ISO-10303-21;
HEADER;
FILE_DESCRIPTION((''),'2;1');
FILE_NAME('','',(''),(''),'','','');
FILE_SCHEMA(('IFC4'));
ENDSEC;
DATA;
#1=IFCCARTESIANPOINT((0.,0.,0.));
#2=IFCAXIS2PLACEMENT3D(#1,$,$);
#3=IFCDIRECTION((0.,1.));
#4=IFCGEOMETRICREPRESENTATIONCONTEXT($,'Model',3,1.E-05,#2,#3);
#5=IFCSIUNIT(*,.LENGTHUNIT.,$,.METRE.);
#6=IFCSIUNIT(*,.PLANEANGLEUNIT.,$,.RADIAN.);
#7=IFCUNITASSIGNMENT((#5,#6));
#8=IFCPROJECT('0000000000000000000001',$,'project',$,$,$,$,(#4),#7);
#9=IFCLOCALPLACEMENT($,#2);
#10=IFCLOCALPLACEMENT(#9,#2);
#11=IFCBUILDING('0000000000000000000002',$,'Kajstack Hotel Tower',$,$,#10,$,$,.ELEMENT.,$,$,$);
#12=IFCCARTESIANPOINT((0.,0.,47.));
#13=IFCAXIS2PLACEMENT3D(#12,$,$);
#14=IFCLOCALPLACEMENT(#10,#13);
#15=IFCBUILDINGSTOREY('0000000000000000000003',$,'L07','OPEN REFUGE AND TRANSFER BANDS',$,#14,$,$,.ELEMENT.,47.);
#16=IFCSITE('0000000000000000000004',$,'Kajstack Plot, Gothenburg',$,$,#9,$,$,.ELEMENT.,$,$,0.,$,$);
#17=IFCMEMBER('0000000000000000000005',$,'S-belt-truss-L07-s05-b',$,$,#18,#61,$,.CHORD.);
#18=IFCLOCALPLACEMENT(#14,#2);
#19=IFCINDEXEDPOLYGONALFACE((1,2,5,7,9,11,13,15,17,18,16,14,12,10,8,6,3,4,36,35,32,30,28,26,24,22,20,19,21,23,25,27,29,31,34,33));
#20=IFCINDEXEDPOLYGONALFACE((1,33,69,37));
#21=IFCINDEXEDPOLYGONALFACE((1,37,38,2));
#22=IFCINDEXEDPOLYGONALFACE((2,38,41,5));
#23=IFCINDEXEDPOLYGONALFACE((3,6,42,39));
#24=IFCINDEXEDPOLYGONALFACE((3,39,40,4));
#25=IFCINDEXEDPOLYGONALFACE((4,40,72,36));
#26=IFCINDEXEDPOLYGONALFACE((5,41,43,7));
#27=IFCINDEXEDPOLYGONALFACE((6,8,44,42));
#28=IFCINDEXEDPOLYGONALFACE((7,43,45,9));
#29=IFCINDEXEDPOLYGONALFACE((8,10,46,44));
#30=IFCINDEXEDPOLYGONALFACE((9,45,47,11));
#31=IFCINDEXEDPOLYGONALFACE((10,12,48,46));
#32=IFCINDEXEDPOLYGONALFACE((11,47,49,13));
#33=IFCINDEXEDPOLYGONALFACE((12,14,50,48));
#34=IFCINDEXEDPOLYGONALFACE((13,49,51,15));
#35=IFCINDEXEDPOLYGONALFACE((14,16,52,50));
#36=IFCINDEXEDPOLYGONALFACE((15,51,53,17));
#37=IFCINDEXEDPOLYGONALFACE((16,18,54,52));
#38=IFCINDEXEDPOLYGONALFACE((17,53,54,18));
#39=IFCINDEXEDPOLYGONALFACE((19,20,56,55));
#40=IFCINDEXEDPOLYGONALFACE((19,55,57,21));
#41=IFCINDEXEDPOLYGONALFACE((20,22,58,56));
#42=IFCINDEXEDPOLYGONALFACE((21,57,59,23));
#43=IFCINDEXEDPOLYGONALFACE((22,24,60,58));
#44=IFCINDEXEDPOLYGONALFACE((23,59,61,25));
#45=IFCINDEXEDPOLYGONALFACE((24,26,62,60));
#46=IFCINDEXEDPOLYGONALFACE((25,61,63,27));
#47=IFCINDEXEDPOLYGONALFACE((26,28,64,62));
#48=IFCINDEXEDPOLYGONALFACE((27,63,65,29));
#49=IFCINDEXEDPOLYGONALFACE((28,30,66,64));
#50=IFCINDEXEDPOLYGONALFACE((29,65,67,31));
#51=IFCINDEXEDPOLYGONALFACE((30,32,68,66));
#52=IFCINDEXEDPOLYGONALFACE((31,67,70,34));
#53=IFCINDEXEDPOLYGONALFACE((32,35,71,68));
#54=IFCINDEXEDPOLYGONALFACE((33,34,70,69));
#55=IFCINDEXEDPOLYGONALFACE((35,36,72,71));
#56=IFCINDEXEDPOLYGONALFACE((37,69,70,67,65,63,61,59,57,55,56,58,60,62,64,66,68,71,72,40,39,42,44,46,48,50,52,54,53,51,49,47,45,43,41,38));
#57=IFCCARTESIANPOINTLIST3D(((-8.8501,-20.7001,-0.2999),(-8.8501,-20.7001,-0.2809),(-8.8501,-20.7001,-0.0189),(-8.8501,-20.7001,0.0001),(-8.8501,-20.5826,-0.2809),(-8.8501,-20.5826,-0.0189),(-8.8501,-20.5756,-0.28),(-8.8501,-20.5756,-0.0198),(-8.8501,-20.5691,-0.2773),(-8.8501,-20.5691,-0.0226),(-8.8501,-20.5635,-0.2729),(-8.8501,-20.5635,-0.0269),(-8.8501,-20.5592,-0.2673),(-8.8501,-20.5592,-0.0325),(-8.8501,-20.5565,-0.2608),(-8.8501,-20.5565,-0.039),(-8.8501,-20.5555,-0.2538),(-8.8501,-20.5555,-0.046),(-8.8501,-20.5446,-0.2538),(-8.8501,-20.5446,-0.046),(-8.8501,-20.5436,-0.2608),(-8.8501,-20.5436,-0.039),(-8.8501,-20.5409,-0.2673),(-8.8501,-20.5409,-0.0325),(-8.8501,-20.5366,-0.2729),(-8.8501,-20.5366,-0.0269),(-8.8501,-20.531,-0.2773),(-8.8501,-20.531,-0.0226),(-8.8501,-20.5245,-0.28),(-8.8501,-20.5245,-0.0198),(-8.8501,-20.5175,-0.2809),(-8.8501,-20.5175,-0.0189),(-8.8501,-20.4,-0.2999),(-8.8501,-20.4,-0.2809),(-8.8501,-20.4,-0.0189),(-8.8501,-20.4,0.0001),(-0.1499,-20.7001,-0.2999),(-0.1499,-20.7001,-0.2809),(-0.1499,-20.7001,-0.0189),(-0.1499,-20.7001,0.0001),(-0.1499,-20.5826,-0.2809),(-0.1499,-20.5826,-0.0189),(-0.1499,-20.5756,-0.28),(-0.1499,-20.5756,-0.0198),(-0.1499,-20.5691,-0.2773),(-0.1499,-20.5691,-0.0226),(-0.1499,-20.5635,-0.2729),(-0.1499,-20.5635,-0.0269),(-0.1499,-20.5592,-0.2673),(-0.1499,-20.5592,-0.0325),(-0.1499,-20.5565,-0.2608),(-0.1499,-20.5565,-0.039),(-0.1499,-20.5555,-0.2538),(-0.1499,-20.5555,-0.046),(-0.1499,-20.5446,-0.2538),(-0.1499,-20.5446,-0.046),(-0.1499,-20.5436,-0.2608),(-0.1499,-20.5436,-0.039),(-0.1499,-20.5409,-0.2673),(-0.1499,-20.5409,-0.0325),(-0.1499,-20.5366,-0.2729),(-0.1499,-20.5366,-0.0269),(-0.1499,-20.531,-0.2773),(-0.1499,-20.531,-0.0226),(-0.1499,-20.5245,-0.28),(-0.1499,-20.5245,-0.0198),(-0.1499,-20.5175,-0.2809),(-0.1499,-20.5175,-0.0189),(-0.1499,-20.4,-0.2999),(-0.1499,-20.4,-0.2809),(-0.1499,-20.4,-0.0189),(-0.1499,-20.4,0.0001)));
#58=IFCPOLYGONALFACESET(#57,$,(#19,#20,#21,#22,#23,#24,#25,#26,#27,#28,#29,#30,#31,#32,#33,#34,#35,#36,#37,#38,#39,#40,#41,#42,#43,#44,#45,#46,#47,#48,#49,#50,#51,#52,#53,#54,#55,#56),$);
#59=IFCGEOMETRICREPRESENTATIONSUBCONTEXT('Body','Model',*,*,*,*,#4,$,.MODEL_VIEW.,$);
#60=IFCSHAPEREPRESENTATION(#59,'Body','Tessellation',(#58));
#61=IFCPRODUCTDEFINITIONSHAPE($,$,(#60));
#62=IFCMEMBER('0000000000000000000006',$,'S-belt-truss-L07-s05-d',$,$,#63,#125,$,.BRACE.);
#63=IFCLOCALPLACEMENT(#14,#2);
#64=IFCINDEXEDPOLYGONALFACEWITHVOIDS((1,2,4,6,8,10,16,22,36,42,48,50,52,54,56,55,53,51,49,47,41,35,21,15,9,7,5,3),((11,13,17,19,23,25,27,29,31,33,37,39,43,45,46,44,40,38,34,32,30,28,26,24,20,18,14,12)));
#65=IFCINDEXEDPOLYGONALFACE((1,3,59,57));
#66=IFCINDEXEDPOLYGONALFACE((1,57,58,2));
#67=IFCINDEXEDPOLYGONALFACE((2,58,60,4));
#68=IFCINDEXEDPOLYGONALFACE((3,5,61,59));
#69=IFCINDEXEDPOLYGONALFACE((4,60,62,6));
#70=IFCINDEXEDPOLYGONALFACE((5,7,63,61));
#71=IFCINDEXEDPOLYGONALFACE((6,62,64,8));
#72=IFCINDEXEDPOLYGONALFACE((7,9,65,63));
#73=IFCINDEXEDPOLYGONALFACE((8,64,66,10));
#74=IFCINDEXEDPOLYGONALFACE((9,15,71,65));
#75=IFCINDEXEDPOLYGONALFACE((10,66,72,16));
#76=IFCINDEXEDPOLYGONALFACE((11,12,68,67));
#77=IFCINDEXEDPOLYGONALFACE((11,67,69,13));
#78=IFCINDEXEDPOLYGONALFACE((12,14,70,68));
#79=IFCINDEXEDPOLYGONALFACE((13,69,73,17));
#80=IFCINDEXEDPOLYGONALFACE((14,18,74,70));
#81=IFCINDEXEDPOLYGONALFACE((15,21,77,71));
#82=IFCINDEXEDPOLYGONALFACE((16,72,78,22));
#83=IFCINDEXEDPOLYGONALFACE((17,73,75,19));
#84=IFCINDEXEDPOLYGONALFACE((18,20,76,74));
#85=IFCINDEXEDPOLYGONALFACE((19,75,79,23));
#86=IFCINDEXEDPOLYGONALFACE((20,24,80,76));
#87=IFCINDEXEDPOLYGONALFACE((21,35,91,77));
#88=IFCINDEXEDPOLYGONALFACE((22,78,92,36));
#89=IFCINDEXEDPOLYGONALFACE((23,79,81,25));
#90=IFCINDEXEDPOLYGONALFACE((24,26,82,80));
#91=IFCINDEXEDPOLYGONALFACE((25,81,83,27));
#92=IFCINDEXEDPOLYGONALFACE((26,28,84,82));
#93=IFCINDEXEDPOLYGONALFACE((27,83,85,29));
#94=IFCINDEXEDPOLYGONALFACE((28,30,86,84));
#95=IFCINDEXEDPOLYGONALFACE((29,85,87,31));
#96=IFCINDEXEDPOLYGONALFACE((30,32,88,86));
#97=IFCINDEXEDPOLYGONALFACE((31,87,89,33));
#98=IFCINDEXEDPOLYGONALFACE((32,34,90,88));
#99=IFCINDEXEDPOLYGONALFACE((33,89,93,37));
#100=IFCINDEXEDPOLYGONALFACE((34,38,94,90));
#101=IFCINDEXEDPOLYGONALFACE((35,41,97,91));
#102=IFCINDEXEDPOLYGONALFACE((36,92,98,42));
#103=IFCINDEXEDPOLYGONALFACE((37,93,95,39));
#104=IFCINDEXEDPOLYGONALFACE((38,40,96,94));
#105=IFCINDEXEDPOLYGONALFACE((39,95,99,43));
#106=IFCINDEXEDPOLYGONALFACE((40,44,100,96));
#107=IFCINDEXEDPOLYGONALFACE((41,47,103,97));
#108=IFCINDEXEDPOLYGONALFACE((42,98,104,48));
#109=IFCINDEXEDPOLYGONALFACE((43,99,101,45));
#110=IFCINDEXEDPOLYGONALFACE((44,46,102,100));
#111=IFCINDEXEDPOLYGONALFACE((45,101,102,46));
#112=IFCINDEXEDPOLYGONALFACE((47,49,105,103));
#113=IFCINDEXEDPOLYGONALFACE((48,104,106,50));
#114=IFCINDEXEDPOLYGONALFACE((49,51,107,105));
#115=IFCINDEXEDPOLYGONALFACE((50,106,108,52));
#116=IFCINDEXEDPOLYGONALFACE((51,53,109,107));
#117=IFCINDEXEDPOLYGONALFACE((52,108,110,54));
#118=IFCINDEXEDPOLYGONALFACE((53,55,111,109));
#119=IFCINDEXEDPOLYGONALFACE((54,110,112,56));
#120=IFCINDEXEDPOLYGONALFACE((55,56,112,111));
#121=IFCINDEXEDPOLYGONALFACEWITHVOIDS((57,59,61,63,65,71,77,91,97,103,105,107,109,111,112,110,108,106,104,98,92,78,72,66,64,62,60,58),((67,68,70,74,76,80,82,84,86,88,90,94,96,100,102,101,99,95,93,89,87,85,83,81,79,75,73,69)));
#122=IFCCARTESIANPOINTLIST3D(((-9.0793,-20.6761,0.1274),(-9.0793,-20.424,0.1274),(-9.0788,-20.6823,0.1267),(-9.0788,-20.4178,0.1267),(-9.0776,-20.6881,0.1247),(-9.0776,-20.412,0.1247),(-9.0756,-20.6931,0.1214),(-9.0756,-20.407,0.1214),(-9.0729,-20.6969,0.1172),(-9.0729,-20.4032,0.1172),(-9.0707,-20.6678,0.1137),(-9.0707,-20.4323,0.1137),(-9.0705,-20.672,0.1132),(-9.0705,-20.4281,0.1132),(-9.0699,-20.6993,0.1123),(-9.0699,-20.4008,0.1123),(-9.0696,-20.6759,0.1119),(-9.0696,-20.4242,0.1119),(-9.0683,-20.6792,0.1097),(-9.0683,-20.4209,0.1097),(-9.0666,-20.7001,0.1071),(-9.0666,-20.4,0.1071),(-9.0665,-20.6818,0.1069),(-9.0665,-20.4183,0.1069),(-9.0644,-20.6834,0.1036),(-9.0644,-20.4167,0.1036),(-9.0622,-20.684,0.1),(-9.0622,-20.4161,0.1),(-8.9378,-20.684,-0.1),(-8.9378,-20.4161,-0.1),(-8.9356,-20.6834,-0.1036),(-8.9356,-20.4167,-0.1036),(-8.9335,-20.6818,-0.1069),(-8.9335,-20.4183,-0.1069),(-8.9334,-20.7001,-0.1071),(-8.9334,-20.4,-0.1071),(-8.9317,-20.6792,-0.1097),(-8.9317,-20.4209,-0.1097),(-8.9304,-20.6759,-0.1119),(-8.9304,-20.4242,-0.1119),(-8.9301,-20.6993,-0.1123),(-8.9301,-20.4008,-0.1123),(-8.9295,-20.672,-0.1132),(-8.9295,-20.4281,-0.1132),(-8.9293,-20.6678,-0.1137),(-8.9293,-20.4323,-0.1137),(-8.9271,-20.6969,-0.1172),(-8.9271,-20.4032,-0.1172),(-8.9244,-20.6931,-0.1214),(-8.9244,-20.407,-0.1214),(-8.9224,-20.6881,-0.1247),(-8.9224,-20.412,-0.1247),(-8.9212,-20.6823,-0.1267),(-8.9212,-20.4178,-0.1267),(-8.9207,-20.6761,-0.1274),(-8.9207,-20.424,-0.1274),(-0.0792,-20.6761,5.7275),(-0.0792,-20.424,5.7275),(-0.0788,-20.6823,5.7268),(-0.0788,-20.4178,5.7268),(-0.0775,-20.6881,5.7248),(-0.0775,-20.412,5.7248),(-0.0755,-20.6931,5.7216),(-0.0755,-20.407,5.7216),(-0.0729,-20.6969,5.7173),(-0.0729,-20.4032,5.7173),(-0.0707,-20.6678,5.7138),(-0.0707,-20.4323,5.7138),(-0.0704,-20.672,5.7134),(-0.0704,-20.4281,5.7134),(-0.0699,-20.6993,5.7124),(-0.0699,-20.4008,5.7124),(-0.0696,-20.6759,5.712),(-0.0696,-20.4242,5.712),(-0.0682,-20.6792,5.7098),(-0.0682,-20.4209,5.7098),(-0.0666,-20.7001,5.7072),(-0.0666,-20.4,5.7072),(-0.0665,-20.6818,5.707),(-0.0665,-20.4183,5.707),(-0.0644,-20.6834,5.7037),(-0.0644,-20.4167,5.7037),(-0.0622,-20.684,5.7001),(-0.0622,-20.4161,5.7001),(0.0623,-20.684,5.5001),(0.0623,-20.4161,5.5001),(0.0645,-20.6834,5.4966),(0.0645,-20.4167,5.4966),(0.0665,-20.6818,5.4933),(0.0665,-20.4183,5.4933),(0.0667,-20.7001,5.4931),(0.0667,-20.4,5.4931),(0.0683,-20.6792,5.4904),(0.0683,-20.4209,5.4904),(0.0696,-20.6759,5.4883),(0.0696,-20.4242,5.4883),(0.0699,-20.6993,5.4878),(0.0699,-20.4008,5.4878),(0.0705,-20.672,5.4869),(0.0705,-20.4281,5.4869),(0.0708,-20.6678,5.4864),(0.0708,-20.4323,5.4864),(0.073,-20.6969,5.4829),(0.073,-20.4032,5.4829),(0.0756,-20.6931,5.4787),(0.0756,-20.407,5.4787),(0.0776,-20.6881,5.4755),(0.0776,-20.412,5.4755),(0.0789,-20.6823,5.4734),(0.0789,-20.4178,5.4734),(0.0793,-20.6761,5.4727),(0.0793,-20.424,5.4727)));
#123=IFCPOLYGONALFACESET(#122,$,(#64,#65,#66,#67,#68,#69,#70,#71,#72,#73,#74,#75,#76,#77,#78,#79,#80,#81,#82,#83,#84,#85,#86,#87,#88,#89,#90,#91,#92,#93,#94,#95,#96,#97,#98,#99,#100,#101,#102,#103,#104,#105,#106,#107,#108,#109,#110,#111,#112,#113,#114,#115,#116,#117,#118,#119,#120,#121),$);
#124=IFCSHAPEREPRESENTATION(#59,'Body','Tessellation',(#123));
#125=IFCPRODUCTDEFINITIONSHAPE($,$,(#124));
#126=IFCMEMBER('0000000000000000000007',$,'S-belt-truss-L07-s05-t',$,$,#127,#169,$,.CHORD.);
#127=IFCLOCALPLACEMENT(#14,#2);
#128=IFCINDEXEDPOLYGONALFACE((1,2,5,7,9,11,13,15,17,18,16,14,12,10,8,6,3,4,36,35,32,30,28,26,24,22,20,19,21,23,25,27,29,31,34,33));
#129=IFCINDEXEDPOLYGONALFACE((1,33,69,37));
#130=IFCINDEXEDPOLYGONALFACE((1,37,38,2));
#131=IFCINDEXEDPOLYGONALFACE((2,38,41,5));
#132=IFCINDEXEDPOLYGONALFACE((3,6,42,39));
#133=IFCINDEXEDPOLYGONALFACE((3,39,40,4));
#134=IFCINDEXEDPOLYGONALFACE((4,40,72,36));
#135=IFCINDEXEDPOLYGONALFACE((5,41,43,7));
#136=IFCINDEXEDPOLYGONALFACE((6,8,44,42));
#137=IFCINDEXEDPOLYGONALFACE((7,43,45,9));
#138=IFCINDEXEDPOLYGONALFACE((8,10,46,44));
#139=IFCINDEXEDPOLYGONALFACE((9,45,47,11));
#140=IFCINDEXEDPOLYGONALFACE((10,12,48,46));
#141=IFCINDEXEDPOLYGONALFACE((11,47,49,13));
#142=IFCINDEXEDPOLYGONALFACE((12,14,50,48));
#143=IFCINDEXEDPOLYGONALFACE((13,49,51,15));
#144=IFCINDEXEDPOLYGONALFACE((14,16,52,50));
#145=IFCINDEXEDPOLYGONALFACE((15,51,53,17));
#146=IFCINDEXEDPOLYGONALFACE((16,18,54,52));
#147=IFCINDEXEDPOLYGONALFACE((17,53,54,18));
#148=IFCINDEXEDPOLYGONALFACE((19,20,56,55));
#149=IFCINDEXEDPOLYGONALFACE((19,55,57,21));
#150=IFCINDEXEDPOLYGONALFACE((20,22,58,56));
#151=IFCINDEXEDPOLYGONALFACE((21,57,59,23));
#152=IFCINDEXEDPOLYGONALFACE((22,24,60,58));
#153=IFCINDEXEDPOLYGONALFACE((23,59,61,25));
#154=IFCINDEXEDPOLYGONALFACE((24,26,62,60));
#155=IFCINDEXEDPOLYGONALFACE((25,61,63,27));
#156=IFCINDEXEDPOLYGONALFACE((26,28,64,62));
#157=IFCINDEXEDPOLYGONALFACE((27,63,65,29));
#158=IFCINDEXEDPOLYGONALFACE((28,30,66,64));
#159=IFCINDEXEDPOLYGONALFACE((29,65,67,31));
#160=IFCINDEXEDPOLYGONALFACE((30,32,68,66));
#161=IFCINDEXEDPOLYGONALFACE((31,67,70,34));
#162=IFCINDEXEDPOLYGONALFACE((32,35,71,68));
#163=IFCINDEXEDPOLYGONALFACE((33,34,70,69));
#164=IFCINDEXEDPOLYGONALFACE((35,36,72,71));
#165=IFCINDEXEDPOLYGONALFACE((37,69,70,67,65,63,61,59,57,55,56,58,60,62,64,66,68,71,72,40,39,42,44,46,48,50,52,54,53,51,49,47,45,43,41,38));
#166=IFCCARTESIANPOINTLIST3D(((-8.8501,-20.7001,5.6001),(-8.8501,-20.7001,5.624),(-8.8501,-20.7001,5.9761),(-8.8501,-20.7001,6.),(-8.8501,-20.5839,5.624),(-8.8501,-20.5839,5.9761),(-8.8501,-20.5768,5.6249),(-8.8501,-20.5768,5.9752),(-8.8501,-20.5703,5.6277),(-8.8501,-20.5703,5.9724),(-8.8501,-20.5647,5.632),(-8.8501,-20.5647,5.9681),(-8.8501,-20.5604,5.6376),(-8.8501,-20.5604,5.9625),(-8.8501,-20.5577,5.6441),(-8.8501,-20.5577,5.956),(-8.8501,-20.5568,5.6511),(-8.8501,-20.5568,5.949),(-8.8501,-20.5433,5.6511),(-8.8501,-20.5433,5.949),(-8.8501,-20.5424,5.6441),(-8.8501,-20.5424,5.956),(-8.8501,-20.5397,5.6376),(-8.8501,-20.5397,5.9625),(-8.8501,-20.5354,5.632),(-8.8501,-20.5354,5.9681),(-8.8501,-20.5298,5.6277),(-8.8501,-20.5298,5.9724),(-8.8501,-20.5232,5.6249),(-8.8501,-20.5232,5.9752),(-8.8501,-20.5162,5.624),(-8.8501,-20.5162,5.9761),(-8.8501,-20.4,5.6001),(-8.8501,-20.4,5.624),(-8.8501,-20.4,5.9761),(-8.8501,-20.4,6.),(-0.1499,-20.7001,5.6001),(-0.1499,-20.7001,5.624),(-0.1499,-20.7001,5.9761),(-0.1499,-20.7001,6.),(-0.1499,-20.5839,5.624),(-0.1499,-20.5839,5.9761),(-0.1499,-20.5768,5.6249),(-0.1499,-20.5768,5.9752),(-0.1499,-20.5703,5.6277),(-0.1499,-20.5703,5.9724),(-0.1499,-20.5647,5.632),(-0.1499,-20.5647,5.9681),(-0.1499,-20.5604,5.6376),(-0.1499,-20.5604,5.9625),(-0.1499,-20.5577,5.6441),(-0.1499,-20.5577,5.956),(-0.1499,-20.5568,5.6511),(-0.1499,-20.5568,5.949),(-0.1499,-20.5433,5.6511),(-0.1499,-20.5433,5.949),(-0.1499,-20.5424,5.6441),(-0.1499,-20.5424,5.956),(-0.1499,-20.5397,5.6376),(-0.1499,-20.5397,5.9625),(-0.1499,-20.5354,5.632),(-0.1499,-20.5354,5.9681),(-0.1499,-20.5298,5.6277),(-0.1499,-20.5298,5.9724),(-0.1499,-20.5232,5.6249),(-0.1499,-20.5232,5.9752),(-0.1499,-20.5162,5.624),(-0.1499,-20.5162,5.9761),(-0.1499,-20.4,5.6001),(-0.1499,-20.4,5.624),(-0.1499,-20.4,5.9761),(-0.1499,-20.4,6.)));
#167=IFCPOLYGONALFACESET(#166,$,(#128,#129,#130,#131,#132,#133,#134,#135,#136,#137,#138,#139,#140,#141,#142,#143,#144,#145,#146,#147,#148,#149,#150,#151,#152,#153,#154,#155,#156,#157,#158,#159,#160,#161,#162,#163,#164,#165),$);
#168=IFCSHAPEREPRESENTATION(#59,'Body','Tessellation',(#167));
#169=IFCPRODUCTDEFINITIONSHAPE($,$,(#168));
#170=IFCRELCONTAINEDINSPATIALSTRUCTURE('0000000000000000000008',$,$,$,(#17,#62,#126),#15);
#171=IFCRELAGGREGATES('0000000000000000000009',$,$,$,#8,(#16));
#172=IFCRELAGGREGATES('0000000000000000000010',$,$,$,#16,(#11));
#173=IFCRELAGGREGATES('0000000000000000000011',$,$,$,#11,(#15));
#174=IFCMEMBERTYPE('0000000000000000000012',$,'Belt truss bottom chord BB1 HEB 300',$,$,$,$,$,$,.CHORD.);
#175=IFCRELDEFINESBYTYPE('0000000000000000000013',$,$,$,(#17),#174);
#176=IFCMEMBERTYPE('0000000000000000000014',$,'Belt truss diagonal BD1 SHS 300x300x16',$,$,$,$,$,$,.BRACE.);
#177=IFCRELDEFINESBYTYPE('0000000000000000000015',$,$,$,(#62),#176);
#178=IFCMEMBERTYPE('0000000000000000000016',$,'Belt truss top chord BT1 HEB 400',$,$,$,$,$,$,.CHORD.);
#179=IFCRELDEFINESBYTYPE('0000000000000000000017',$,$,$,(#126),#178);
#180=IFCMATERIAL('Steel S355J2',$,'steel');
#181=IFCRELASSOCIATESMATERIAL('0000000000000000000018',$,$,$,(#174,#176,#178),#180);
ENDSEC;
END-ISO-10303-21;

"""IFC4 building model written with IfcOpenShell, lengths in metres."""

from ifc_helpers import new_model, si_unit, direction, frame, origin, origin_2d, place, context, subcontext, project, spatial, hollow_rectangle, i_section, extrude, material, material_profile, profile_set, type_object, element, save


model = new_model("IFC4")

# Units and contexts
model_context = context("Model", 3, precision=1e-05, world=origin(), true_north=direction((0.0, 1.0)))
body_context = subcontext(model_context, "Body", "Model", "MODEL_VIEW")
ifc_project = project(units=[si_unit("LENGTHUNIT", "METRE"), si_unit("PLANEANGLEUNIT", "RADIAN")], contexts=[model_context])

# Site, building, storey
site_placement = place(None, origin())
site = spatial("IfcSite", under=ifc_project, at=site_placement, Name="Kajstack Plot, Gothenburg", CompositionType="ELEMENT", RefElevation=0.0)
building_placement = place(site_placement, origin())
building = spatial("IfcBuilding", under=site, at=building_placement, Name="Kajstack Hotel Tower", CompositionType="ELEMENT")
storey_placement = place(building_placement, frame((0.0, 0.0, 47.0)))
storey = spatial("IfcBuildingStorey", under=building, at=storey_placement, Name="L07", Description="OPEN REFUGE AND TRANSFER BANDS", CompositionType="ELEMENT", Elevation=47.0)

# Members
ifc_material = material(Name="Steel S355J2", Category="steel")
ifc_material_profile_1 = material_profile(ifc_material, i_section(OverallWidth=0.3, OverallDepth=0.3, WebThickness=0.011, FlangeThickness=0.019, FilletRadius=0.0271, at=origin_2d()), Name="HEB 300")
ifc_profile_set_1 = profile_set([ifc_material_profile_1], Name="Steel S355J2")
member_type_1 = type_object("IfcMemberType", Name="Belt truss bottom chord BB1 HEB 300", PredefinedType="CHORD", material=ifc_profile_set_1)
member_1_placement = place(storey_placement, frame((-8.8501, -20.55, -0.1499), z_axis=(1.0, 0.0, 0.0), x_axis=(0.0, 1.0, 0.0)))
element("IfcMember", 1, at=member_1_placement, inside=storey, type_object=member_type_1, Name="S-belt-truss-L07-s05-b", PredefinedType="CHORD", context=body_context, shape_type="SweptSolid", body=[
    extrude(i_section(OverallWidth=0.3, OverallDepth=0.3, WebThickness=0.011, FlangeThickness=0.019, FilletRadius=0.0271, at=origin_2d()), origin(), (0.0, 0.0, 1.0), 8.7002),
])
ifc_material_profile_2 = material_profile(ifc_material, hollow_rectangle(XDim=0.3, YDim=0.3, WallThickness=0.0161, InnerFilletRadius=0.0161, OuterFilletRadius=0.0239, at=origin_2d()), Name="SHS 300x300x16")
ifc_profile_set_2 = profile_set([ifc_material_profile_2], Name="Steel S355J2")
member_type_2 = type_object("IfcMemberType", Name="Belt truss diagonal BD1 SHS 300x300x16", PredefinedType="BRACE", material=ifc_profile_set_2)
member_2_placement = place(storey_placement, frame((-9.0, -20.55, 0.0), z_axis=(0.849052, 0.0, 0.528309), x_axis=(0.0, 1.0, 0.0)))
element("IfcMember", 2, at=member_2_placement, inside=storey, type_object=member_type_2, Name="S-belt-truss-L07-s05-d", PredefinedType="BRACE", context=body_context, shape_type="SweptSolid", body=[
    extrude(hollow_rectangle(XDim=0.3, YDim=0.3, WallThickness=0.0161, InnerFilletRadius=0.0161, OuterFilletRadius=0.0239, at=origin_2d()), origin(), (0.0, 0.0, 1.0), 10.6001),
])
ifc_material_profile_3 = material_profile(ifc_material, i_section(OverallWidth=0.3, OverallDepth=0.3999, WebThickness=0.0134, FlangeThickness=0.0239, FilletRadius=0.0271, at=origin_2d()), Name="HEB 400")
ifc_profile_set_3 = profile_set([ifc_material_profile_3], Name="Steel S355J2")
member_type_3 = type_object("IfcMemberType", Name="Belt truss top chord BT1 HEB 400", PredefinedType="CHORD", material=ifc_profile_set_3)
member_3_placement = place(storey_placement, frame((-8.8501, -20.55, 5.8), z_axis=(1.0, 0.0, 0.0), x_axis=(0.0, 1.0, 0.0)))
element("IfcMember", 3, at=member_3_placement, inside=storey, type_object=member_type_3, Name="S-belt-truss-L07-s05-t", PredefinedType="CHORD", context=body_context, shape_type="SweptSolid", body=[
    extrude(i_section(OverallWidth=0.3, OverallDepth=0.3999, WebThickness=0.0134, FlangeThickness=0.0239, FilletRadius=0.0271, at=origin_2d()), origin(), (0.0, 0.0, 1.0), 8.7002),
])

save(model, "model.ifc")
